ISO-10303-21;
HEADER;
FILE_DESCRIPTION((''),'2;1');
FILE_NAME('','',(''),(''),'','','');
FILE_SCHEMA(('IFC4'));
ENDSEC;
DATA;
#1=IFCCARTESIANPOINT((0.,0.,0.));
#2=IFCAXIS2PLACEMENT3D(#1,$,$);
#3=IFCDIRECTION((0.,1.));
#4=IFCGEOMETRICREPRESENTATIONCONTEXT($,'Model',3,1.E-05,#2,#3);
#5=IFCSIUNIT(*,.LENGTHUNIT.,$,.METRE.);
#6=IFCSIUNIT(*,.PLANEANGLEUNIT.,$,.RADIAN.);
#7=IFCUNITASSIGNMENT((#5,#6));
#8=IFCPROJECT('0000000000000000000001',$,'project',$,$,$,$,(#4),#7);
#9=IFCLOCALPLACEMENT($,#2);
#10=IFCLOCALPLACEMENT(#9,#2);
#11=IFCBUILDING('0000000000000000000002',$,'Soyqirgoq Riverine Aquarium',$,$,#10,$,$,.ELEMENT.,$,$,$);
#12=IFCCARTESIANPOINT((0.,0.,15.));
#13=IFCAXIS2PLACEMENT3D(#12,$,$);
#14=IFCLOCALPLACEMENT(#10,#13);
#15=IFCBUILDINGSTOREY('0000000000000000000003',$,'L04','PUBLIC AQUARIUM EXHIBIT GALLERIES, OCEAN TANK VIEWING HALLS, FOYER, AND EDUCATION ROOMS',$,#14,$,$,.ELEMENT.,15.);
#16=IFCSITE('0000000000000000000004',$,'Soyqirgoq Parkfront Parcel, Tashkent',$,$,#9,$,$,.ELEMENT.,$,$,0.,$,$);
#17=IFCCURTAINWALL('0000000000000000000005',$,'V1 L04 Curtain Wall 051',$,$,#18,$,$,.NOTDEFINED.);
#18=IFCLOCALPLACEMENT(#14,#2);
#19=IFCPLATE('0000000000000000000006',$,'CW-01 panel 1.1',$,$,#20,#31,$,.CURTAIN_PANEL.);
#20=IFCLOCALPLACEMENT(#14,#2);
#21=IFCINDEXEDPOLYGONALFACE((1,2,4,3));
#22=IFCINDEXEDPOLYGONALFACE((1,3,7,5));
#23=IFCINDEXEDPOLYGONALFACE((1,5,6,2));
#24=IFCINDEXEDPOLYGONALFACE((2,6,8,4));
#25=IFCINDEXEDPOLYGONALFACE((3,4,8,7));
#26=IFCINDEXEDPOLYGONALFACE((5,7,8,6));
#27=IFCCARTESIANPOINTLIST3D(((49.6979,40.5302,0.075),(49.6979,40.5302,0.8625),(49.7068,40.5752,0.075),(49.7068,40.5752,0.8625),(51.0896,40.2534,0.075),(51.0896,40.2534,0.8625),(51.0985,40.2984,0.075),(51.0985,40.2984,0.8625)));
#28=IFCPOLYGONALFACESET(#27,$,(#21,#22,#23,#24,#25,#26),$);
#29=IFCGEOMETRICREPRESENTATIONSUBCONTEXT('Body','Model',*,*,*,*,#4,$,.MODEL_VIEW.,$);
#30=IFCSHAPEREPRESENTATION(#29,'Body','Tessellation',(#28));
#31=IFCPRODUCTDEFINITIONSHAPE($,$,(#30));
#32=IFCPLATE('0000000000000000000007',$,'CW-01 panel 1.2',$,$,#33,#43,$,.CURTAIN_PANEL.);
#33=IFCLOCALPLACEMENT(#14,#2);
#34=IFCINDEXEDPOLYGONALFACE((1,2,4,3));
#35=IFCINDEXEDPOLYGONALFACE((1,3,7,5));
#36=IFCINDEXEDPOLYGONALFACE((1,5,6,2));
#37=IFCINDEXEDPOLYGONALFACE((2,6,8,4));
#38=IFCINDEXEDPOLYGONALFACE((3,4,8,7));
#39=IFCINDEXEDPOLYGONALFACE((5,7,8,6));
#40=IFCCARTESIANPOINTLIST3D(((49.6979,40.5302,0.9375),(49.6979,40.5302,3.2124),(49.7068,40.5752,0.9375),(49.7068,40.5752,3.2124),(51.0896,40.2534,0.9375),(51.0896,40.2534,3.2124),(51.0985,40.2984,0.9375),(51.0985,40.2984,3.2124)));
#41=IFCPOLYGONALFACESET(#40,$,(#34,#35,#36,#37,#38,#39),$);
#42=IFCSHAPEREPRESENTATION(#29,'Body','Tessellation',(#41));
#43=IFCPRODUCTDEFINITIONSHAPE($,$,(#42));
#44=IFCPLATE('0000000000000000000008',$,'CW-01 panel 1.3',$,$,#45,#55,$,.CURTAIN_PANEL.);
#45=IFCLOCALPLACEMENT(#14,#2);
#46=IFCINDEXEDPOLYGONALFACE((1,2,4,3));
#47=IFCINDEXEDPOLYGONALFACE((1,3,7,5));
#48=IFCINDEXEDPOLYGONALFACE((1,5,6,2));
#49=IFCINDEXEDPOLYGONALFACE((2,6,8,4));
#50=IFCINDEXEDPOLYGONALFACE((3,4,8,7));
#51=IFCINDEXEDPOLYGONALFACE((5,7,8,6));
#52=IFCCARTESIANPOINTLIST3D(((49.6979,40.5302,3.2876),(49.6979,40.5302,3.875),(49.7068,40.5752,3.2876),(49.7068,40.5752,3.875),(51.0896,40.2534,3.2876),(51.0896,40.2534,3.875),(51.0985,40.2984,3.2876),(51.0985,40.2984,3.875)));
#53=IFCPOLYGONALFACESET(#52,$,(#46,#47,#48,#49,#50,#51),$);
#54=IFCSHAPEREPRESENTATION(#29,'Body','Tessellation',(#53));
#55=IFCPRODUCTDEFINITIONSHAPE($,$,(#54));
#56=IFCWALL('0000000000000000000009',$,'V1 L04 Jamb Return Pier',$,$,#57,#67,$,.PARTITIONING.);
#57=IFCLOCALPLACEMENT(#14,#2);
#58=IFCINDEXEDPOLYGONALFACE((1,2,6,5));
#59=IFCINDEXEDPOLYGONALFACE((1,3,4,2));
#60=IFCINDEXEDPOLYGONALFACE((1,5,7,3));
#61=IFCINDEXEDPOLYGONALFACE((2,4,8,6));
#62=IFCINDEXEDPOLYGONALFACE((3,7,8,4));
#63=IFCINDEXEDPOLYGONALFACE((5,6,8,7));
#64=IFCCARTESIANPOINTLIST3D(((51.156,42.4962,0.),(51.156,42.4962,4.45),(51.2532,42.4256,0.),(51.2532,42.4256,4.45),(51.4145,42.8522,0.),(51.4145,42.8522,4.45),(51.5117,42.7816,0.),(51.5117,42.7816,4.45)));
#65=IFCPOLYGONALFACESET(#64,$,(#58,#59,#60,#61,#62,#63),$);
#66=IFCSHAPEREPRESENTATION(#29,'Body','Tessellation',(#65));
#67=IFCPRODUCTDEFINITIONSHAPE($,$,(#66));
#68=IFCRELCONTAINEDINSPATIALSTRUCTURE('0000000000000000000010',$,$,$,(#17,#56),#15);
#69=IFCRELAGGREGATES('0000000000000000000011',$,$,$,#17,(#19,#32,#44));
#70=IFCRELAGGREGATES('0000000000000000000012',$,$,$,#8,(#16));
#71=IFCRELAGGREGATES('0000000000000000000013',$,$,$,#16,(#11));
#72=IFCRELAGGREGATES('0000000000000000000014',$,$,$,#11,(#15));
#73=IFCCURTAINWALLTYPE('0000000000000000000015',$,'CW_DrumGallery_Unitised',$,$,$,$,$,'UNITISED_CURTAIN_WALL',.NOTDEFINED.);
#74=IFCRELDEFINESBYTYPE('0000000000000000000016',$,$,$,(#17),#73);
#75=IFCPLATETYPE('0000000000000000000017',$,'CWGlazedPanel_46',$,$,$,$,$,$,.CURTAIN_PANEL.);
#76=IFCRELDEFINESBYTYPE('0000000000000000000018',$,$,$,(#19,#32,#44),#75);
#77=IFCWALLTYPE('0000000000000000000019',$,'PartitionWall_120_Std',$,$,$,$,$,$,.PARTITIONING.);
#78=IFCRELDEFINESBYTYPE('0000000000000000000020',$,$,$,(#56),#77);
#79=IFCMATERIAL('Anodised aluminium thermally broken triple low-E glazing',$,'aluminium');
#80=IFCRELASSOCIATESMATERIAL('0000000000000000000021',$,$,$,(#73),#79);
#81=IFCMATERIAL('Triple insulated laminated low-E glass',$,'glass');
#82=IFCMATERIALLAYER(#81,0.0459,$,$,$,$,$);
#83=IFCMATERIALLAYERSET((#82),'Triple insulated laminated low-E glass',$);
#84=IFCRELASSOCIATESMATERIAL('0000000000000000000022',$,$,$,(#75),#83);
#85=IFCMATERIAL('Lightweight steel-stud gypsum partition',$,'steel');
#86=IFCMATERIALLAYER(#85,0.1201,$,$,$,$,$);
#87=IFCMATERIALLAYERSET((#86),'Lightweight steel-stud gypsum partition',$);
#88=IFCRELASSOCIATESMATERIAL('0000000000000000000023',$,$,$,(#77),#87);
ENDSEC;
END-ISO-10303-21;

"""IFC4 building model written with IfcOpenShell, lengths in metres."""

from ifc_helpers import new_model, si_unit, direction, frame, frame_2d, origin, origin_2d, place, context, subcontext, project, spatial, rectangle, extrude, material, layer, layer_set, type_object, element, aggregate, save


model = new_model("IFC4")

# Units and contexts
model_context = context("Model", 3, precision=1e-05, world=origin(), true_north=direction((0.0, 1.0)))
body_context = subcontext(model_context, "Body", "Model", "MODEL_VIEW")
ifc_project = project(units=[si_unit("LENGTHUNIT", "METRE"), si_unit("PLANEANGLEUNIT", "RADIAN")], contexts=[model_context])

# Site, building, storey
site_placement = place(None, origin())
site = spatial("IfcSite", under=ifc_project, at=site_placement, Name="Soyqirgoq Parkfront Parcel, Tashkent", CompositionType="ELEMENT", RefElevation=0.0)
building_placement = place(site_placement, origin())
building = spatial("IfcBuilding", under=site, at=building_placement, Name="Soyqirgoq Riverine Aquarium", CompositionType="ELEMENT")
storey_placement = place(building_placement, frame((0.0, 0.0, 15.0)))
storey = spatial("IfcBuildingStorey", under=building, at=storey_placement, Name="L04", Description="PUBLIC AQUARIUM EXHIBIT GALLERIES, OCEAN TANK VIEWING HALLS, FOYER, AND EDUCATION ROOMS", CompositionType="ELEMENT", Elevation=15.0)

# Shared definitions
ifc_material_1 = material(Name="Anodised aluminium thermally broken triple low-E glazing", Category="aluminium")
curtain_wall_type = type_object("IfcCurtainWallType", Name="CW_DrumGallery_Unitised", ElementType="UNITISED_CURTAIN_WALL", PredefinedType="NOTDEFINED", material=ifc_material_1)

# Curtain wall
curtain_wall_1_placement = place(storey_placement, origin())
curtain_wall_1 = element("IfcCurtainWall", 1, at=curtain_wall_1_placement, inside=storey, type_object=curtain_wall_type, Name="V1 L04 Curtain Wall 051", PredefinedType="NOTDEFINED")

# Plates
ifc_material_2 = material(Name="Triple insulated laminated low-E glass", Category="glass")
ifc_layer_1 = layer(ifc_material_2, 0.0459)
ifc_layer_set_1 = layer_set([ifc_layer_1], Name="Triple insulated laminated low-E glass")
plate_type = type_object("IfcPlateType", Name="CWGlazedPanel_46", PredefinedType="CURTAIN_PANEL", material=ifc_layer_set_1)
plate_1_placement = place(storey_placement, frame((50.3982, 40.4143, 0.075), z_axis=(0.0, 0.0, 1.0), x_axis=(0.980783, -0.195102, 0.0)))
plate_1 = element("IfcPlate", 2, at=plate_1_placement, type_object=plate_type, Name="CW-01 panel 1.1", PredefinedType="CURTAIN_PANEL", context=body_context, shape_type="SweptSolid", body=[
    extrude(rectangle(XDim=1.4189, YDim=0.0459, at=origin_2d()), origin(), (0.0, 0.0, 1.0), 0.7876),
])
plate_2_placement = place(storey_placement, frame((50.3982, 40.4143, 0.9375), z_axis=(0.0, 0.0, 1.0), x_axis=(0.980783, -0.195102, 0.0)))
plate_2 = element("IfcPlate", 3, at=plate_2_placement, type_object=plate_type, Name="CW-01 panel 1.2", PredefinedType="CURTAIN_PANEL", context=body_context, shape_type="SweptSolid", body=[
    extrude(rectangle(XDim=1.4189, YDim=0.0459, at=origin_2d()), origin(), (0.0, 0.0, 1.0), 2.2749),
])
plate_3_placement = place(storey_placement, frame((50.3982, 40.4143, 3.2876), z_axis=(0.0, 0.0, 1.0), x_axis=(0.980783, -0.195102, 0.0)))
plate_3 = element("IfcPlate", 4, at=plate_3_placement, type_object=plate_type, Name="CW-01 panel 1.3", PredefinedType="CURTAIN_PANEL", context=body_context, shape_type="SweptSolid", body=[
    extrude(rectangle(XDim=1.4189, YDim=0.0459, at=origin_2d()), origin(), (0.0, 0.0, 1.0), 0.5874),
])
aggregate(curtain_wall_1, [plate_1, plate_2, plate_3])

# Wall
ifc_material_3 = material(Name="Lightweight steel-stud gypsum partition", Category="steel")
ifc_layer_2 = layer(ifc_material_3, 0.1201)
ifc_layer_set_2 = layer_set([ifc_layer_2], Name="Lightweight steel-stud gypsum partition")
wall_type = type_object("IfcWallType", Name="PartitionWall_120_Std", PredefinedType="PARTITIONING", material=ifc_layer_set_2)
wall_placement = place(storey_placement, frame((51.2046, 42.4609, 0.0), z_axis=(0.0, 0.0, 1.0), x_axis=(0.587677, 0.809096, 0.0)))
element("IfcWall", 5, at=wall_placement, inside=storey, type_object=wall_type, Name="V1 L04 Jamb Return Pier", PredefinedType="PARTITIONING", context=body_context, shape_type="SweptSolid", body=[
    extrude(rectangle(XDim=0.4399, YDim=0.1201, at=frame_2d((0.22, 0.0))), origin(), (0.0, 0.0, 1.0), 4.45),
])

save(model, "model.ifc")
